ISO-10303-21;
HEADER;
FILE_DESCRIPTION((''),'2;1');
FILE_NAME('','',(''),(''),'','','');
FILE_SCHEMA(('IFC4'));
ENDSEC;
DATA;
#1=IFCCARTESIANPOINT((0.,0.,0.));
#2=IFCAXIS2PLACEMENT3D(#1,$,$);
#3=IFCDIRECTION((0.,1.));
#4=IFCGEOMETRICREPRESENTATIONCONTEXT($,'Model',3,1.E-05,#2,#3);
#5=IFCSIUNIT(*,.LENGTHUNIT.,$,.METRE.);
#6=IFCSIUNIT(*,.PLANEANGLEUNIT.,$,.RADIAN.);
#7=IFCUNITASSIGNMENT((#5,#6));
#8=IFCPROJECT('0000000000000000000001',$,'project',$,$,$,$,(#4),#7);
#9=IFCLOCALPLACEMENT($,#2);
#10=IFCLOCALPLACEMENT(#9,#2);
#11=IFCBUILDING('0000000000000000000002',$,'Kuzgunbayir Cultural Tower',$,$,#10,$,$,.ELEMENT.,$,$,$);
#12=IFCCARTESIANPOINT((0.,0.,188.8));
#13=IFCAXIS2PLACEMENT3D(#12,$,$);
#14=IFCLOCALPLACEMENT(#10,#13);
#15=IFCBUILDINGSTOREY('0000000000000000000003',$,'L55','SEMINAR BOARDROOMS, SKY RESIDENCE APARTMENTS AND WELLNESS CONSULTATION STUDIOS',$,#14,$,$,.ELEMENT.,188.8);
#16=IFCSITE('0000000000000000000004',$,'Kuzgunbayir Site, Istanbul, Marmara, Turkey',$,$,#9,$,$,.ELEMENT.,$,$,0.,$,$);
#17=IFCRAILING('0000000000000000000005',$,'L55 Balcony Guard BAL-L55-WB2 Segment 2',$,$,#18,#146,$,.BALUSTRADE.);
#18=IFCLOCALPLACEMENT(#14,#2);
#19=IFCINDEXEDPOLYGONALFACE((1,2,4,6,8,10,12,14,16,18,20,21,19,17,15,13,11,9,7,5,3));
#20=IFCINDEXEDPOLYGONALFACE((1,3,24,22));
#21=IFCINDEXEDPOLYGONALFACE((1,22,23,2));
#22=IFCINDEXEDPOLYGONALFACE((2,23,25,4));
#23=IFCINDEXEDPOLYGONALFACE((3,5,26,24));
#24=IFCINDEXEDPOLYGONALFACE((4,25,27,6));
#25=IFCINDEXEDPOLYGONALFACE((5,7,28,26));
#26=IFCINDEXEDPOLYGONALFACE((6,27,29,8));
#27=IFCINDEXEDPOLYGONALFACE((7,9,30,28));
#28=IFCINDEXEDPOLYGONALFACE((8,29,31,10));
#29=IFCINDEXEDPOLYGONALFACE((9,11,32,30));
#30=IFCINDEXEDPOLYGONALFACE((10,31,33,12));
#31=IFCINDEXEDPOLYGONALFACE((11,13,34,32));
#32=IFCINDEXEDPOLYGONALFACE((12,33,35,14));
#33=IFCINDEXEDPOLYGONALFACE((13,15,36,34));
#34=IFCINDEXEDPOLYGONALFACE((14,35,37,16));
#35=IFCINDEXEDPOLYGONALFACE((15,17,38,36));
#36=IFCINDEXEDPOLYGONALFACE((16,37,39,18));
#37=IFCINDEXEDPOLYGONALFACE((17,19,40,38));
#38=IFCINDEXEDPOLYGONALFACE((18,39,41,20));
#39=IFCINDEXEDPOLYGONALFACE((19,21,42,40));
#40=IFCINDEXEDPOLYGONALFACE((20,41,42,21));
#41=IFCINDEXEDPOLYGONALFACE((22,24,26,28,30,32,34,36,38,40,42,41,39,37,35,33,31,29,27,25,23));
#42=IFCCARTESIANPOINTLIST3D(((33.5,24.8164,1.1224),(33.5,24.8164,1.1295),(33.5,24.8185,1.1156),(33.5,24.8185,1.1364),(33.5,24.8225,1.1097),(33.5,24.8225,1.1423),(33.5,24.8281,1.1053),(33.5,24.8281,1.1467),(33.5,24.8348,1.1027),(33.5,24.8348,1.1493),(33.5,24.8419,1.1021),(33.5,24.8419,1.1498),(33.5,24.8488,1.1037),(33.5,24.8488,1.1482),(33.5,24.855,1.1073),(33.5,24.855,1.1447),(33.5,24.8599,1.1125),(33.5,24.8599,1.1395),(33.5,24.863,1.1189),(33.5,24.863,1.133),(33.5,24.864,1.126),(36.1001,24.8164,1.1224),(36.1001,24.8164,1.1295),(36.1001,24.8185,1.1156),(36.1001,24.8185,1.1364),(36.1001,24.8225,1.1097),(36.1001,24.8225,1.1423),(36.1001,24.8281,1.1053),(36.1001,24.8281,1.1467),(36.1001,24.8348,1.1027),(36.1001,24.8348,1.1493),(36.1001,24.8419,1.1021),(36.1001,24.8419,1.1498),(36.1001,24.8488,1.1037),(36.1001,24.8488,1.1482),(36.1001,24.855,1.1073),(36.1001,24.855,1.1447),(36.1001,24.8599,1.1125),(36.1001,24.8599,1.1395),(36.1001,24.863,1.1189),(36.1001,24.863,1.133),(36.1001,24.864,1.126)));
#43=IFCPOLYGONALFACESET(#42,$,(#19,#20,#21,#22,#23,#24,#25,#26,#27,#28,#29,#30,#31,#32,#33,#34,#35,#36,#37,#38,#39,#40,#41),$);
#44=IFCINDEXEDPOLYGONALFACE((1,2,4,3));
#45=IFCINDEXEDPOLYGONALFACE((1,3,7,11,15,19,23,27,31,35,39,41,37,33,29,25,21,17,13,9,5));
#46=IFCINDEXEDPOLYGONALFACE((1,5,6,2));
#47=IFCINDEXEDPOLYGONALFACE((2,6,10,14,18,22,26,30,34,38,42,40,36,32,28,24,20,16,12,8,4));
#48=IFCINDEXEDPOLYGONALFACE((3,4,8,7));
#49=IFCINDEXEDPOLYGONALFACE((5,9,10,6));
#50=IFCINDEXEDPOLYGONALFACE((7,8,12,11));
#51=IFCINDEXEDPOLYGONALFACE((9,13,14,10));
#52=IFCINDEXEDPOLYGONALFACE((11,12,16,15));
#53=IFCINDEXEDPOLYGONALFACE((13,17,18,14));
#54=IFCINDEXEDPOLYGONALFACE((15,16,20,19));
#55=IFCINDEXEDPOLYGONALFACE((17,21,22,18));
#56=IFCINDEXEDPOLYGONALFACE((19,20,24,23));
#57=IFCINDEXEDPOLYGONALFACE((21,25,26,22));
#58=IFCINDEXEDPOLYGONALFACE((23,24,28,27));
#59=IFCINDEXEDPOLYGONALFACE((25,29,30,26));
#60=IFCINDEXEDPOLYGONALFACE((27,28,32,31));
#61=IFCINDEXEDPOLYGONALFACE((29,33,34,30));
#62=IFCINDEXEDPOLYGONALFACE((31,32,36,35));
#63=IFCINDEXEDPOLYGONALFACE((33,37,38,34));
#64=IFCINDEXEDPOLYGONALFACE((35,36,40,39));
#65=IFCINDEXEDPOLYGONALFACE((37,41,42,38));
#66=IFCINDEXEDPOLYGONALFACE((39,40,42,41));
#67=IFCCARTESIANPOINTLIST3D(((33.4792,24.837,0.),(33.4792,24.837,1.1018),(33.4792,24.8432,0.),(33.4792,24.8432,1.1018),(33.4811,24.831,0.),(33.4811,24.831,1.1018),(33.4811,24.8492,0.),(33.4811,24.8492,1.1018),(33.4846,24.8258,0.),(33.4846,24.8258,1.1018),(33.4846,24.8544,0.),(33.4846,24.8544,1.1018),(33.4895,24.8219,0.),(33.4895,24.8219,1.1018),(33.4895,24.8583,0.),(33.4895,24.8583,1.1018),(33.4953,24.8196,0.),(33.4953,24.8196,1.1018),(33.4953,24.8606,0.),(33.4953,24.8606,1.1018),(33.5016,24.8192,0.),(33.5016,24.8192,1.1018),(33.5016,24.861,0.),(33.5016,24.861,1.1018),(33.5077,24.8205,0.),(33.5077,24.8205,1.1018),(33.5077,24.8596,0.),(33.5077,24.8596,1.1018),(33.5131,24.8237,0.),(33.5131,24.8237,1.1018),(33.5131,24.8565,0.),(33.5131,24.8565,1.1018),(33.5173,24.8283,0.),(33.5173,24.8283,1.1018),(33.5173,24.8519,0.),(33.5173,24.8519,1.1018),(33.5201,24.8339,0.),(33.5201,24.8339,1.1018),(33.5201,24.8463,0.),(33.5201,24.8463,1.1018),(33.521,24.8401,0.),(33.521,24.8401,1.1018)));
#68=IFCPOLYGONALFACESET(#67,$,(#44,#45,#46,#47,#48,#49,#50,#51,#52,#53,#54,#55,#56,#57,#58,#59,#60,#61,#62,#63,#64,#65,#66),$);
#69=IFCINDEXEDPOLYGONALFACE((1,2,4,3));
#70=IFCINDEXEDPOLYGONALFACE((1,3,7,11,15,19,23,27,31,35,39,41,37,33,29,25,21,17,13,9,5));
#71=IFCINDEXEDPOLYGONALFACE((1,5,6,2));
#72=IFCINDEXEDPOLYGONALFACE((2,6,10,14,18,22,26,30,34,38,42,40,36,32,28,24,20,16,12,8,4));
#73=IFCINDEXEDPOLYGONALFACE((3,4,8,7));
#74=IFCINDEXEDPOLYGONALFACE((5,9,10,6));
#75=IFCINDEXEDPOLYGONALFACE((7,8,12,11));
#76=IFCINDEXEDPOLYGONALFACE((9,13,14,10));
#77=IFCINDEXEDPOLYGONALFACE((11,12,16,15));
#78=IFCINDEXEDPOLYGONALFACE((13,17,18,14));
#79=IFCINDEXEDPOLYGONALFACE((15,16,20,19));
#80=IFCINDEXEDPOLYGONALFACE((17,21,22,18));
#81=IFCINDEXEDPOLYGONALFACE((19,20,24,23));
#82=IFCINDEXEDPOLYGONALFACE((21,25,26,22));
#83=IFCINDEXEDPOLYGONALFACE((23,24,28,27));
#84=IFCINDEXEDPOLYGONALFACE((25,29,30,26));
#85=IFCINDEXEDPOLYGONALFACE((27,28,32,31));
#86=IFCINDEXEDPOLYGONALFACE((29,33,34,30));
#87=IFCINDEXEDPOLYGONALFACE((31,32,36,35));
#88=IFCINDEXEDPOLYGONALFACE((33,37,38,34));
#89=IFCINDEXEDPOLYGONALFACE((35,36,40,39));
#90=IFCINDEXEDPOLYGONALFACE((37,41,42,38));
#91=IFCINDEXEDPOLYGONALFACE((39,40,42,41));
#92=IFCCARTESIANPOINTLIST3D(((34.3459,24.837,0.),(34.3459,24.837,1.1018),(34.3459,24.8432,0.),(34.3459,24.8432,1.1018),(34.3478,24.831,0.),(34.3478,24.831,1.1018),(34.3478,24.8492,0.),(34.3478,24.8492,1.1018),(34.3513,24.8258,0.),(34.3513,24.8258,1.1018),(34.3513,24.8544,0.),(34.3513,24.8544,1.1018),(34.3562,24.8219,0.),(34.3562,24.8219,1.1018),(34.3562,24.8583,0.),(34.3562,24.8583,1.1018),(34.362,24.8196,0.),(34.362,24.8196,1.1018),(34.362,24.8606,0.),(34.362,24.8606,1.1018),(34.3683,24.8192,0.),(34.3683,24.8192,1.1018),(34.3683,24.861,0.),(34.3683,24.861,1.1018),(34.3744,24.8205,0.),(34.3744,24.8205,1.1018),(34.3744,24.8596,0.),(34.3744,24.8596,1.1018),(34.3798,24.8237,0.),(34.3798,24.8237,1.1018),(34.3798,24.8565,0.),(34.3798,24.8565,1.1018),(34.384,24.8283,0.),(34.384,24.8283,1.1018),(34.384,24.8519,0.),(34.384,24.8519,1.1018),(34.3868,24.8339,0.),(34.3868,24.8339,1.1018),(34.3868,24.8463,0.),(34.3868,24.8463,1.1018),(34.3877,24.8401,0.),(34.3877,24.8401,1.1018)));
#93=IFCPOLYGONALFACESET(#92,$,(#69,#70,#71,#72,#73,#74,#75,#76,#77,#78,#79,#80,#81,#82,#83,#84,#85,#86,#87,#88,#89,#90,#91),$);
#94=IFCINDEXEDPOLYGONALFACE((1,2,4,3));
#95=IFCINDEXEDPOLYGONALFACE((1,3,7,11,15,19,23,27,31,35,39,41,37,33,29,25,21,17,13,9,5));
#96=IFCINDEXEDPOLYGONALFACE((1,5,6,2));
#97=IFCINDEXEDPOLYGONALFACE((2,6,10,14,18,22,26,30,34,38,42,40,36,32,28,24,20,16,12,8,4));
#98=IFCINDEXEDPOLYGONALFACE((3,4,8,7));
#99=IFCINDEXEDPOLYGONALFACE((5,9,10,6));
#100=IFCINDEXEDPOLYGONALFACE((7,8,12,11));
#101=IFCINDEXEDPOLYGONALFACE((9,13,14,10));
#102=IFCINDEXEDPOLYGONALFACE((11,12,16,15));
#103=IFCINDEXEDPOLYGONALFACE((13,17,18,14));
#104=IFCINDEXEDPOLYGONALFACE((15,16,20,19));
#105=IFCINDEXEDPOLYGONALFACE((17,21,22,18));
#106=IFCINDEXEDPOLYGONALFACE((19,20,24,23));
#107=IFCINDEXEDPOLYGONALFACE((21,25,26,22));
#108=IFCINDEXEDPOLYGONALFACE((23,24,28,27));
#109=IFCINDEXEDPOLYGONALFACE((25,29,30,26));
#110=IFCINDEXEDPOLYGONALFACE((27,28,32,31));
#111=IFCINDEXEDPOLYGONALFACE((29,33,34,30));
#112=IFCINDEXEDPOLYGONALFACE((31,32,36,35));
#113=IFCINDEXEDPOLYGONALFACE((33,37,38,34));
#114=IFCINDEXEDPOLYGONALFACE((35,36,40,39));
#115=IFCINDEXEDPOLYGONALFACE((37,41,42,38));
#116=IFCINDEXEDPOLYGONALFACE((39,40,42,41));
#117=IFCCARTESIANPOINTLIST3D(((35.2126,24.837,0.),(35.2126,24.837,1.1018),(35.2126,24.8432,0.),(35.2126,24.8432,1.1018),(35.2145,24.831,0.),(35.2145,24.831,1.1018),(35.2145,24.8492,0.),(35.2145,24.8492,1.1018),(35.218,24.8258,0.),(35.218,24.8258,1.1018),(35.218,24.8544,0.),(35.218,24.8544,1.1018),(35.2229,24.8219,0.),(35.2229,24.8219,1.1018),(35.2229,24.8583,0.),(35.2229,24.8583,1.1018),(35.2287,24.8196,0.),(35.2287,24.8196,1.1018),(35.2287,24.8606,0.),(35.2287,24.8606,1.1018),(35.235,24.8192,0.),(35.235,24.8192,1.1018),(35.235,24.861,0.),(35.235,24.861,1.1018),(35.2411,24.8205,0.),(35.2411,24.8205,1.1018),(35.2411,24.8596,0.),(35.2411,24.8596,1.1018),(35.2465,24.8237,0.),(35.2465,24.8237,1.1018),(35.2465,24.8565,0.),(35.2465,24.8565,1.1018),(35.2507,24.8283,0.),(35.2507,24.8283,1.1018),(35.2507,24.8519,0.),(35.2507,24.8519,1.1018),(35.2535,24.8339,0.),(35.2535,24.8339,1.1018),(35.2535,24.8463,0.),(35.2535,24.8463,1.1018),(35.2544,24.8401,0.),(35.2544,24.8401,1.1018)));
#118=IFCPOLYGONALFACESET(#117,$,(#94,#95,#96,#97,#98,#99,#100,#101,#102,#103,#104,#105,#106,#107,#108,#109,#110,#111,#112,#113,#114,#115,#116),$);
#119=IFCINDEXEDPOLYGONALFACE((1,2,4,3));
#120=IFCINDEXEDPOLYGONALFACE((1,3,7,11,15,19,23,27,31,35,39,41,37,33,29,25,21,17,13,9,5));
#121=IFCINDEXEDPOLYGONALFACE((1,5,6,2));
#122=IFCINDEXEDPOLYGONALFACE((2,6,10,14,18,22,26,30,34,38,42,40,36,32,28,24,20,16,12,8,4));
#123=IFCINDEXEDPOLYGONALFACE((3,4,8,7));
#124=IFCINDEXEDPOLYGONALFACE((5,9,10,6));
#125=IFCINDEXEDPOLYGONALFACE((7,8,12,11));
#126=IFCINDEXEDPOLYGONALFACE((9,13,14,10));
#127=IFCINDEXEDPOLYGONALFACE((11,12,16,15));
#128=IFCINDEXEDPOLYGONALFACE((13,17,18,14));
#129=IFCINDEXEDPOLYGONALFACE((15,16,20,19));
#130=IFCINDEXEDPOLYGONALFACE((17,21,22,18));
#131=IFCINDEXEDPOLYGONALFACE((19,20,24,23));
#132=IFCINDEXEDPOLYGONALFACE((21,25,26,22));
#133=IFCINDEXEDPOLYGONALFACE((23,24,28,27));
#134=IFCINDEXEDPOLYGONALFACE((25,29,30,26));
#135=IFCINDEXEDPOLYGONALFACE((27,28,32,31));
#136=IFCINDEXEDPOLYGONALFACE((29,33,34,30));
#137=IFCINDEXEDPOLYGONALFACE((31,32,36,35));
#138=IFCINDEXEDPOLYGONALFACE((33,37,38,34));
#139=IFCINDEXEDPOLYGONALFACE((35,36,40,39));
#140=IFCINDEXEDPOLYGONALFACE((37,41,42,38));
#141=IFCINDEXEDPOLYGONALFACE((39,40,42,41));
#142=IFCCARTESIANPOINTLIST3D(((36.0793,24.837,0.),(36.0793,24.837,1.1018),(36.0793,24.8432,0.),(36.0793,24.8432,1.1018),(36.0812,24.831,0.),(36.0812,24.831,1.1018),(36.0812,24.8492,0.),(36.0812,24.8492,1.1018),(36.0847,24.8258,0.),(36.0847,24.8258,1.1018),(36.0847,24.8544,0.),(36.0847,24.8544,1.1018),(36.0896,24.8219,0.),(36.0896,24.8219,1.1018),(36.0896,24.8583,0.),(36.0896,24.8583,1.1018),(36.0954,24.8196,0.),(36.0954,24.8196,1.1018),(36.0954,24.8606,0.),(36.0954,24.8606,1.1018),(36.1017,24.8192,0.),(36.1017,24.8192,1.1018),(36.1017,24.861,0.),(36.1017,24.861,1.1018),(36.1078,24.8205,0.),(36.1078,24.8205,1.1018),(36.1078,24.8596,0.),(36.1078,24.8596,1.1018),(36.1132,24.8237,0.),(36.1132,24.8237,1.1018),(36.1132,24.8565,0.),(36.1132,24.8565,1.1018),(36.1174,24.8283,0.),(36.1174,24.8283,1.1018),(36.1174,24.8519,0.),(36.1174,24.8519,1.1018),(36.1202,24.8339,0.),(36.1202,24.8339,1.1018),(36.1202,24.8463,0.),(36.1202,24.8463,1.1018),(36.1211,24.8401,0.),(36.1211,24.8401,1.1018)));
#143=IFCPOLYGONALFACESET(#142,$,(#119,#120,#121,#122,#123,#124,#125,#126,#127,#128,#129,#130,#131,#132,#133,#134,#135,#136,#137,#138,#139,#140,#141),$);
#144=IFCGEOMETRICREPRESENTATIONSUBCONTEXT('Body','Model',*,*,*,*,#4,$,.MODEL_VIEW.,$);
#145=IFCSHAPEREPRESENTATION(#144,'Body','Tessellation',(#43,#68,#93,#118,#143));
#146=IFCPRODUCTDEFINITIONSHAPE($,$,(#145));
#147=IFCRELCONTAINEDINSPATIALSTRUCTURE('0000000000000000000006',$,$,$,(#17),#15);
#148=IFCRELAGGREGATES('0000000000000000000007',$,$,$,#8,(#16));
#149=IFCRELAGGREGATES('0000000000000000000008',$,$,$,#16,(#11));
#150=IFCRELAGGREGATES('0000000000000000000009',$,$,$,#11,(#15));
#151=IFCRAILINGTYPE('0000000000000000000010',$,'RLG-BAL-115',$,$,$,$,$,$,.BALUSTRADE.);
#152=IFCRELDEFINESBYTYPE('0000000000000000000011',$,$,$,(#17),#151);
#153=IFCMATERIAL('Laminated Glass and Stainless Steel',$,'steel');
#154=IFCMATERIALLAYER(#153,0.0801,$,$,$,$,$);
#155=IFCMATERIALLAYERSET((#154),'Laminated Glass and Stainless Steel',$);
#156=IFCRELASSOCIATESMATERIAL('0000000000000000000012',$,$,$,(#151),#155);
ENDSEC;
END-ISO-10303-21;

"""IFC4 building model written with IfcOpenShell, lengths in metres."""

from ifc_helpers import new_model, si_unit, direction, frame, origin, origin_2d, place, context, subcontext, project, spatial, circle, extrude, material, layer, layer_set, type_object, element, save


model = new_model("IFC4")

# Units and contexts
model_context = context("Model", 3, precision=1e-05, world=origin(), true_north=direction((0.0, 1.0)))
body_context = subcontext(model_context, "Body", "Model", "MODEL_VIEW")
ifc_project = project(units=[si_unit("LENGTHUNIT", "METRE"), si_unit("PLANEANGLEUNIT", "RADIAN")], contexts=[model_context])

# Site, building, storey
site_placement = place(None, origin())
site = spatial("IfcSite", under=ifc_project, at=site_placement, Name="Kuzgunbayir Site, Istanbul, Marmara, Turkey", CompositionType="ELEMENT", RefElevation=0.0)
building_placement = place(site_placement, origin())
building = spatial("IfcBuilding", under=site, at=building_placement, Name="Kuzgunbayir Cultural Tower", CompositionType="ELEMENT")
storey_placement = place(building_placement, frame((0.0, 0.0, 188.8)))
storey = spatial("IfcBuildingStorey", under=building, at=storey_placement, Name="L55", Description="SEMINAR BOARDROOMS, SKY RESIDENCE APARTMENTS AND WELLNESS CONSULTATION STUDIOS", CompositionType="ELEMENT", Elevation=188.8)

# Railing
ifc_material_1 = material(Name="Laminated Glass and Stainless Steel", Category="steel")
ifc_layer_1 = layer(ifc_material_1, 0.0801)
ifc_layer_set_1 = layer_set([ifc_layer_1], Name="Laminated Glass and Stainless Steel")
railing_type = type_object("IfcRailingType", Name="RLG-BAL-115", PredefinedType="BALUSTRADE", material=ifc_layer_set_1)
railing_1_placement = place(storey_placement, frame((33.5, 24.8401, 0.0)))
element("IfcRailing", 1, at=railing_1_placement, inside=storey, type_object=railing_type, Name="L55 Balcony Guard BAL-L55-WB2 Segment 2", PredefinedType="BALUSTRADE", context=body_context, shape_type="SweptSolid", body=[
    extrude(circle(Radius=0.0239, at=origin_2d()), frame((0.0, 0.0, 1.126), z_axis=(1.0, 0.0, 0.0), x_axis=(0.0, 1.0, 0.0)), (0.0, 0.0, 1.0), 2.6001),
    extrude(circle(Radius=0.021, at=origin_2d()), origin(), (0.0, 0.0, 1.0), 1.1018),
    extrude(circle(Radius=0.021, at=origin_2d()), frame((0.8667, 0.0, 0.0)), (0.0, 0.0, 1.0), 1.1018),
    extrude(circle(Radius=0.021, at=origin_2d()), frame((1.7334, 0.0, 0.0)), (0.0, 0.0, 1.0), 1.1018),
    extrude(circle(Radius=0.021, at=origin_2d()), frame((2.6001, 0.0, 0.0)), (0.0, 0.0, 1.0), 1.1018),
])

save(model, "model.ifc")
